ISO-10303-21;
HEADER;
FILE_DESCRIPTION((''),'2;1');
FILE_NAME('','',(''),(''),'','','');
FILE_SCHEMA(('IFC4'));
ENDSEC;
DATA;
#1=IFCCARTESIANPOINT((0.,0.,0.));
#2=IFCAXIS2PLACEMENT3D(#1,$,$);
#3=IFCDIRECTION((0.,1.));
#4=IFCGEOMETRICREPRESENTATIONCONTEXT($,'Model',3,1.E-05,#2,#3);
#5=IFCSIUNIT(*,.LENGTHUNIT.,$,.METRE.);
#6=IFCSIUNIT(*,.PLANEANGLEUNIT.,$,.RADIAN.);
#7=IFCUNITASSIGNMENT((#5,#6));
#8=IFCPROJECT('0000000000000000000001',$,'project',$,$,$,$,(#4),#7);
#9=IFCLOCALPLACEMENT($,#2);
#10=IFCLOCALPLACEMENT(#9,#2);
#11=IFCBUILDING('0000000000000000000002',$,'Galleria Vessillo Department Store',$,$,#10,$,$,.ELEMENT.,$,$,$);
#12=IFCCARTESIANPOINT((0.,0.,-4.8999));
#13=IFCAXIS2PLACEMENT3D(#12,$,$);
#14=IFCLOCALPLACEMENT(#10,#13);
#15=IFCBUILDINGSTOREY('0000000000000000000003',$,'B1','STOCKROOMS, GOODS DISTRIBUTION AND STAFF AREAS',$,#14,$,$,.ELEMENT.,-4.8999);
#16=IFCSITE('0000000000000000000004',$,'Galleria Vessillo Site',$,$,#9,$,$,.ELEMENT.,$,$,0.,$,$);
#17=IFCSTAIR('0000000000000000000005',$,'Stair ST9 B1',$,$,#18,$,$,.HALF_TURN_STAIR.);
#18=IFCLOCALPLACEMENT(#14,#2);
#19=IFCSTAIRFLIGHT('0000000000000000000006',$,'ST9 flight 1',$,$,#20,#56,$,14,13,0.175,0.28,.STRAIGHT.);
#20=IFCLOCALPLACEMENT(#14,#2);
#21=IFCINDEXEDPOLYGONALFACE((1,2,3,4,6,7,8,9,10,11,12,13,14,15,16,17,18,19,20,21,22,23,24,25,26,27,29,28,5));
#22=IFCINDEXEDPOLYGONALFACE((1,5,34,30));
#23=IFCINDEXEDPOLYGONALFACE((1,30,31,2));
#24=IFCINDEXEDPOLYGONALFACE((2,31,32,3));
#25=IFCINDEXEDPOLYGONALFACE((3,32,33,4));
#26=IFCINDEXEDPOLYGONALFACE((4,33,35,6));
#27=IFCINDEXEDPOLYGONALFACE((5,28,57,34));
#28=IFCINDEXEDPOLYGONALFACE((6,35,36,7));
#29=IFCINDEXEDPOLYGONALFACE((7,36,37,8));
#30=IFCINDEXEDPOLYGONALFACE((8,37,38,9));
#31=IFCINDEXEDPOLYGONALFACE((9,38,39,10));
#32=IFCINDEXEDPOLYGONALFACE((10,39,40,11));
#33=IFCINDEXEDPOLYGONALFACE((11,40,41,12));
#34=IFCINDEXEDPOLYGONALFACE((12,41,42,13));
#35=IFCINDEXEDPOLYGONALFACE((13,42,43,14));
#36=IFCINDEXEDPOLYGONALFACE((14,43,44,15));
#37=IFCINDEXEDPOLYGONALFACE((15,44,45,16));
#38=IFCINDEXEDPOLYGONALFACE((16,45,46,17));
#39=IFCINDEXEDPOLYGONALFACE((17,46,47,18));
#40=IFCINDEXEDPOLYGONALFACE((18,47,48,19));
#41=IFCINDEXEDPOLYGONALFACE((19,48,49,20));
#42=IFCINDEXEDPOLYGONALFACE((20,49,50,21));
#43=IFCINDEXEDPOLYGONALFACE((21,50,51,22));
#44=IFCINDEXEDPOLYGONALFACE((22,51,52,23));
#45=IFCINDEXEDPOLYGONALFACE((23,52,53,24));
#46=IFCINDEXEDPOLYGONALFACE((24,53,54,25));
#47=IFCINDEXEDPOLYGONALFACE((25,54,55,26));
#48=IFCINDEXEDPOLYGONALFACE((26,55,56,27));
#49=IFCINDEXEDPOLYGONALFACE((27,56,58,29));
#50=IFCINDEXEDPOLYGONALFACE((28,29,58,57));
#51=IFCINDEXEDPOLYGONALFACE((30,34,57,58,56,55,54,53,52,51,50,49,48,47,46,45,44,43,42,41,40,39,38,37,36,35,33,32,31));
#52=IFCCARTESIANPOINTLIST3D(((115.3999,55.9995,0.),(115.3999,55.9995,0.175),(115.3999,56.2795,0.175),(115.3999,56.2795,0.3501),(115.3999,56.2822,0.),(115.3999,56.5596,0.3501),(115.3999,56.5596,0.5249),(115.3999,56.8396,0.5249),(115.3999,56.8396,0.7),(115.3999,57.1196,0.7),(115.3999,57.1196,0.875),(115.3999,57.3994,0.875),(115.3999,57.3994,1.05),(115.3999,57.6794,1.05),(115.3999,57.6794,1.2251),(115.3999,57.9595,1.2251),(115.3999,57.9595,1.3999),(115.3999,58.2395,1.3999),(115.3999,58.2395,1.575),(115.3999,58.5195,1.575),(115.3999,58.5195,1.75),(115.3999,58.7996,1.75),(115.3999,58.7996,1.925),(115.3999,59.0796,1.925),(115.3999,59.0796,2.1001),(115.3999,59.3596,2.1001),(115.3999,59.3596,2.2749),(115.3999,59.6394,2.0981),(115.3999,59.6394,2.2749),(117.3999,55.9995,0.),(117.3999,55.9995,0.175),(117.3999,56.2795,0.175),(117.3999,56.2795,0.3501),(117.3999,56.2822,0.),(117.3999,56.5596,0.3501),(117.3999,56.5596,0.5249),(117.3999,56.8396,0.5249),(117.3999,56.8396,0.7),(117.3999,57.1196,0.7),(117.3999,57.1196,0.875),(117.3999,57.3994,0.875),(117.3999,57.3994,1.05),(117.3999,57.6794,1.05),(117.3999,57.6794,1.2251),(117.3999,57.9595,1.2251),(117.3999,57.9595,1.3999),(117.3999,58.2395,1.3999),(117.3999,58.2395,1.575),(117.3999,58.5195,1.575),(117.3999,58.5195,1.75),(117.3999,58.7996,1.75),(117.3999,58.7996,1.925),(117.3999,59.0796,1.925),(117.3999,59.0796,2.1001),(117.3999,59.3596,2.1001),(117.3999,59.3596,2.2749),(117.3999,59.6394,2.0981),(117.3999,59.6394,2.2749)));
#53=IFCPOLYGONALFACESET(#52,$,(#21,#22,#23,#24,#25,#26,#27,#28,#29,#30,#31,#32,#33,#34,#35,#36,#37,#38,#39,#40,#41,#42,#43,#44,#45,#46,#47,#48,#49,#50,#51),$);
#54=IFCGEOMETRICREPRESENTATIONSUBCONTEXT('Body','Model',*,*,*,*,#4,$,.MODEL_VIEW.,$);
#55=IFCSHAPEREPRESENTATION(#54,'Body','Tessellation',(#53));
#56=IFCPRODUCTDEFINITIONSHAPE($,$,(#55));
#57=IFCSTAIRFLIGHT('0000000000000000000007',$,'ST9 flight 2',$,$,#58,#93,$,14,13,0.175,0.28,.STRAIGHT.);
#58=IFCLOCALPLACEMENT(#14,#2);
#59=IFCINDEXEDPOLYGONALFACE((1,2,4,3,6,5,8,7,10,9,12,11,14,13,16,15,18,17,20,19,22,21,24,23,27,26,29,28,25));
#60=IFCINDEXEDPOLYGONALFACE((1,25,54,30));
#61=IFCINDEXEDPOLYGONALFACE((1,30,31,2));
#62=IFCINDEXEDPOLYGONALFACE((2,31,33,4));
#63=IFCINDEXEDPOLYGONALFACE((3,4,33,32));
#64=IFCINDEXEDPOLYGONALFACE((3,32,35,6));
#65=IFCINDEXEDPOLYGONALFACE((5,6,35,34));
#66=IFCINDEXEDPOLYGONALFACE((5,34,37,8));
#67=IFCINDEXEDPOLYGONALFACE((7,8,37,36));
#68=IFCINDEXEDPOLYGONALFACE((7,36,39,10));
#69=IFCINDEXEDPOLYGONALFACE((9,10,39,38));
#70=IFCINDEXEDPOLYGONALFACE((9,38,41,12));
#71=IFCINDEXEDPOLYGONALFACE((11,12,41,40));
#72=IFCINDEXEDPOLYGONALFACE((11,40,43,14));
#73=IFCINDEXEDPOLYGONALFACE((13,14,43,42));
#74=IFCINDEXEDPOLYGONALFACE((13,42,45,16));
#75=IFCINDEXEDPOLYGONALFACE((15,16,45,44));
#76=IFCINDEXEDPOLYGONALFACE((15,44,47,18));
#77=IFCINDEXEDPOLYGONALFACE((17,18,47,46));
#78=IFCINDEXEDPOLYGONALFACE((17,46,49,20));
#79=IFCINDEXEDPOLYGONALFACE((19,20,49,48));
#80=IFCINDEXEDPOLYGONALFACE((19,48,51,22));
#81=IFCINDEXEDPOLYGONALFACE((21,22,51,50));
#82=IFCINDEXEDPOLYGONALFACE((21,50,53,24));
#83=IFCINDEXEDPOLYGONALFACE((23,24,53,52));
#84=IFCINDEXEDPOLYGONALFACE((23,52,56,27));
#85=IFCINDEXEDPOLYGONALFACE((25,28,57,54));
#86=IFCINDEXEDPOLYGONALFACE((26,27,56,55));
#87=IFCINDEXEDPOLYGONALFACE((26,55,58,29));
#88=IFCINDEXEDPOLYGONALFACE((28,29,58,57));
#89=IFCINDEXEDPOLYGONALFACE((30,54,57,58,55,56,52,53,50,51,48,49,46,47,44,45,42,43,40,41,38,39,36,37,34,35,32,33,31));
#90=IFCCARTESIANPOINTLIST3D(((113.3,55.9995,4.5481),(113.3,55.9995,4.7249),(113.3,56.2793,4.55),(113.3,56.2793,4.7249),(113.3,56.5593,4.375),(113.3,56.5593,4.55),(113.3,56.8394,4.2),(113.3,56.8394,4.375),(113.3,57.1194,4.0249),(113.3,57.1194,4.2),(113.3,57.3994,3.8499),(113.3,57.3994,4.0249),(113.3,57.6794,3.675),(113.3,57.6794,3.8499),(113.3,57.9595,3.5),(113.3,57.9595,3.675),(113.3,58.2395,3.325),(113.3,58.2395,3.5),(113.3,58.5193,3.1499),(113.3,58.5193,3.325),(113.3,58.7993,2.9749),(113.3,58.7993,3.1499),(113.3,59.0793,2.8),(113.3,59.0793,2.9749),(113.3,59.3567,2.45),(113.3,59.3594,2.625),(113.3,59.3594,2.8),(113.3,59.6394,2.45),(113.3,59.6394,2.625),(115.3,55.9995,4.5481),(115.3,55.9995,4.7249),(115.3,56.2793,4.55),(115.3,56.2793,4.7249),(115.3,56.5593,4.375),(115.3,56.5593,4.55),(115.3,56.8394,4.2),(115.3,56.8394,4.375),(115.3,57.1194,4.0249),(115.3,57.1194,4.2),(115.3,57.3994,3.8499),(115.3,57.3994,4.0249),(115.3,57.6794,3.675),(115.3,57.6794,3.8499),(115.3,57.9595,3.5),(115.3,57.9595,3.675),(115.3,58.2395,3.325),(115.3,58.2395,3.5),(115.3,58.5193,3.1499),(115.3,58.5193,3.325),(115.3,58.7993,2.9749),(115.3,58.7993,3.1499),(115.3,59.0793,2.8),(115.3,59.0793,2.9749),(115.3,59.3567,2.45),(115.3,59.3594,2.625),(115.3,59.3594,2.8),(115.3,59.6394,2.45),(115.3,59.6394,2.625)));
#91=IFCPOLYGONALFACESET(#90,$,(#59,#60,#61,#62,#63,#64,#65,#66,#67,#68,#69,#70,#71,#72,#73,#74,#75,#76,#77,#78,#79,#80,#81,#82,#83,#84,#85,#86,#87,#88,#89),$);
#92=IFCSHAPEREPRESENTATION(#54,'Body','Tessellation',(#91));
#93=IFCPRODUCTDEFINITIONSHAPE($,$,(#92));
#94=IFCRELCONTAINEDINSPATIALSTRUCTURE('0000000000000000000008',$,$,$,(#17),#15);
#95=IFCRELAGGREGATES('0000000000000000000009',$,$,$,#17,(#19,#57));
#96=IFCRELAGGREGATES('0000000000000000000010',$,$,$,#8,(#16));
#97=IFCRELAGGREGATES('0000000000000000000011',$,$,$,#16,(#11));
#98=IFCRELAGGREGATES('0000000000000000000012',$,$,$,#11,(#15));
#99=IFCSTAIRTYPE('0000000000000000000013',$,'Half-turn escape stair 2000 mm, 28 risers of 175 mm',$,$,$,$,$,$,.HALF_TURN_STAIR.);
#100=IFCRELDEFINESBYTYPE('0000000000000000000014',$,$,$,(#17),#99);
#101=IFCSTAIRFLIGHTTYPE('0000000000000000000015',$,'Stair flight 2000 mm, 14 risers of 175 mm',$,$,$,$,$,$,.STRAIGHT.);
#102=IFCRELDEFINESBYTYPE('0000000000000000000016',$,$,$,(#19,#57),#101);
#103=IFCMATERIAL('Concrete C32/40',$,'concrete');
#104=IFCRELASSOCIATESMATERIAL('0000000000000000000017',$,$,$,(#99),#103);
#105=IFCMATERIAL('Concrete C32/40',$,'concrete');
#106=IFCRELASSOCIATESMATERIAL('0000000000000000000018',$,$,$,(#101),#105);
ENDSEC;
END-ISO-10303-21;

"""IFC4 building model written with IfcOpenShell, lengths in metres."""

from ifc_helpers import new_model, si_unit, direction, frame, origin, place, context, subcontext, project, spatial, polyline, outline, extrude, material, type_object, element, aggregate, save


model = new_model("IFC4")

# Units and contexts
model_context = context("Model", 3, precision=1e-05, world=origin(), true_north=direction((0.0, 1.0)))
body_context = subcontext(model_context, "Body", "Model", "MODEL_VIEW")
ifc_project = project(units=[si_unit("LENGTHUNIT", "METRE"), si_unit("PLANEANGLEUNIT", "RADIAN")], contexts=[model_context])

# Site, building, storey
site_placement = place(None, origin())
site = spatial("IfcSite", under=ifc_project, at=site_placement, Name="Galleria Vessillo Site", CompositionType="ELEMENT", RefElevation=0.0)
building_placement = place(site_placement, origin())
building = spatial("IfcBuilding", under=site, at=building_placement, Name="Galleria Vessillo Department Store", CompositionType="ELEMENT")
storey_placement = place(building_placement, frame((0.0, 0.0, -4.8999)))
storey = spatial("IfcBuildingStorey", under=building, at=storey_placement, Name="B1", Description="STOCKROOMS, GOODS DISTRIBUTION AND STAFF AREAS", CompositionType="ELEMENT", Elevation=-4.8999)

# Stair, stair flights
ifc_material_1 = material(Name="Concrete C32/40", Category="concrete")
stair_type = type_object("IfcStairType", Name="Half-turn escape stair 2000 mm, 28 risers of 175 mm", PredefinedType="HALF_TURN_STAIR", material=ifc_material_1)
stair_placement = place(storey_placement, origin())
stair = element("IfcStair", 1, at=stair_placement, inside=storey, type_object=stair_type, Name="Stair ST9 B1", PredefinedType="HALF_TURN_STAIR")
ifc_material_2 = material(Name="Concrete C32/40", Category="concrete")
stair_flight_type = type_object("IfcStairFlightType", Name="Stair flight 2000 mm, 14 risers of 175 mm", PredefinedType="STRAIGHT", material=ifc_material_2)
stair_flight_1_placement = place(storey_placement, frame((116.3999, 55.9995, 0.0), z_axis=(0.0, 0.0, 1.0), x_axis=(0.0, 1.0, 0.0)))
stair_flight_1 = element("IfcStairFlight", 2, at=stair_flight_1_placement, type_object=stair_flight_type, Name="ST9 flight 1", NumberOfRisers=14, NumberOfTreads=13, PredefinedType="STRAIGHT", RiserHeight=0.175, TreadLength=0.28, context=body_context, shape_type="SweptSolid", body=[
    extrude(outline(polyline([(0.0, 0.0), (0.0, 0.175), (0.28, 0.175), (0.28, 0.3501), (0.5601, 0.3501), (0.5601, 0.5249), (0.8401, 0.5249), (0.8401, 0.7), (1.1201, 0.7), (1.1201, 0.875), (1.3999, 0.875), (1.3999, 1.05), (1.6799, 1.05), (1.6799, 1.2251), (1.96, 1.2251), (1.96, 1.3999), (2.24, 1.3999), (2.24, 1.575), (2.52, 1.575), (2.52, 1.75), (2.8, 1.75), (2.8, 1.925), (3.0801, 1.925), (3.0801, 2.1001), (3.3601, 2.1001), (3.3601, 2.2749), (3.6399, 2.2749), (3.6399, 2.45), (3.6399, 2.0981), (0.2827, 0.0), (0.0, 0.0)])), frame((0.0, 1.0, 0.0), z_axis=(0.0, -1.0, 0.0), x_axis=(1.0, 0.0, 0.0)), (0.0, 0.0, 1.0), 2.0),
])
stair_flight_2_placement = place(storey_placement, frame((114.3, 59.6394, 2.45), z_axis=(0.0, 0.0, 1.0), x_axis=(0.0, -1.0, 0.0)))
stair_flight_2 = element("IfcStairFlight", 3, at=stair_flight_2_placement, type_object=stair_flight_type, Name="ST9 flight 2", NumberOfRisers=14, NumberOfTreads=13, PredefinedType="STRAIGHT", RiserHeight=0.175, TreadLength=0.28, context=body_context, shape_type="SweptSolid", body=[
    extrude(outline(polyline([(0.0, 0.0), (0.0, 0.175), (0.28, 0.175), (0.28, 0.3501), (0.5601, 0.3501), (0.5601, 0.5249), (0.8401, 0.5249), (0.8401, 0.7), (1.1201, 0.7), (1.1201, 0.875), (1.3999, 0.875), (1.3999, 1.05), (1.6799, 1.05), (1.6799, 1.2251), (1.96, 1.2251), (1.96, 1.3999), (2.24, 1.3999), (2.24, 1.575), (2.52, 1.575), (2.52, 1.75), (2.8, 1.75), (2.8, 1.925), (3.0801, 1.925), (3.0801, 2.1001), (3.3601, 2.1001), (3.3601, 2.2749), (3.6399, 2.2749), (3.6399, 2.45), (3.6399, 2.0981), (0.2827, 0.0), (0.0, 0.0)])), frame((0.0, 1.0, 0.0), z_axis=(0.0, -1.0, 0.0), x_axis=(1.0, 0.0, 0.0)), (0.0, 0.0, 1.0), 2.0),
])
aggregate(stair, [stair_flight_1, stair_flight_2])

save(model, "model.ifc")
